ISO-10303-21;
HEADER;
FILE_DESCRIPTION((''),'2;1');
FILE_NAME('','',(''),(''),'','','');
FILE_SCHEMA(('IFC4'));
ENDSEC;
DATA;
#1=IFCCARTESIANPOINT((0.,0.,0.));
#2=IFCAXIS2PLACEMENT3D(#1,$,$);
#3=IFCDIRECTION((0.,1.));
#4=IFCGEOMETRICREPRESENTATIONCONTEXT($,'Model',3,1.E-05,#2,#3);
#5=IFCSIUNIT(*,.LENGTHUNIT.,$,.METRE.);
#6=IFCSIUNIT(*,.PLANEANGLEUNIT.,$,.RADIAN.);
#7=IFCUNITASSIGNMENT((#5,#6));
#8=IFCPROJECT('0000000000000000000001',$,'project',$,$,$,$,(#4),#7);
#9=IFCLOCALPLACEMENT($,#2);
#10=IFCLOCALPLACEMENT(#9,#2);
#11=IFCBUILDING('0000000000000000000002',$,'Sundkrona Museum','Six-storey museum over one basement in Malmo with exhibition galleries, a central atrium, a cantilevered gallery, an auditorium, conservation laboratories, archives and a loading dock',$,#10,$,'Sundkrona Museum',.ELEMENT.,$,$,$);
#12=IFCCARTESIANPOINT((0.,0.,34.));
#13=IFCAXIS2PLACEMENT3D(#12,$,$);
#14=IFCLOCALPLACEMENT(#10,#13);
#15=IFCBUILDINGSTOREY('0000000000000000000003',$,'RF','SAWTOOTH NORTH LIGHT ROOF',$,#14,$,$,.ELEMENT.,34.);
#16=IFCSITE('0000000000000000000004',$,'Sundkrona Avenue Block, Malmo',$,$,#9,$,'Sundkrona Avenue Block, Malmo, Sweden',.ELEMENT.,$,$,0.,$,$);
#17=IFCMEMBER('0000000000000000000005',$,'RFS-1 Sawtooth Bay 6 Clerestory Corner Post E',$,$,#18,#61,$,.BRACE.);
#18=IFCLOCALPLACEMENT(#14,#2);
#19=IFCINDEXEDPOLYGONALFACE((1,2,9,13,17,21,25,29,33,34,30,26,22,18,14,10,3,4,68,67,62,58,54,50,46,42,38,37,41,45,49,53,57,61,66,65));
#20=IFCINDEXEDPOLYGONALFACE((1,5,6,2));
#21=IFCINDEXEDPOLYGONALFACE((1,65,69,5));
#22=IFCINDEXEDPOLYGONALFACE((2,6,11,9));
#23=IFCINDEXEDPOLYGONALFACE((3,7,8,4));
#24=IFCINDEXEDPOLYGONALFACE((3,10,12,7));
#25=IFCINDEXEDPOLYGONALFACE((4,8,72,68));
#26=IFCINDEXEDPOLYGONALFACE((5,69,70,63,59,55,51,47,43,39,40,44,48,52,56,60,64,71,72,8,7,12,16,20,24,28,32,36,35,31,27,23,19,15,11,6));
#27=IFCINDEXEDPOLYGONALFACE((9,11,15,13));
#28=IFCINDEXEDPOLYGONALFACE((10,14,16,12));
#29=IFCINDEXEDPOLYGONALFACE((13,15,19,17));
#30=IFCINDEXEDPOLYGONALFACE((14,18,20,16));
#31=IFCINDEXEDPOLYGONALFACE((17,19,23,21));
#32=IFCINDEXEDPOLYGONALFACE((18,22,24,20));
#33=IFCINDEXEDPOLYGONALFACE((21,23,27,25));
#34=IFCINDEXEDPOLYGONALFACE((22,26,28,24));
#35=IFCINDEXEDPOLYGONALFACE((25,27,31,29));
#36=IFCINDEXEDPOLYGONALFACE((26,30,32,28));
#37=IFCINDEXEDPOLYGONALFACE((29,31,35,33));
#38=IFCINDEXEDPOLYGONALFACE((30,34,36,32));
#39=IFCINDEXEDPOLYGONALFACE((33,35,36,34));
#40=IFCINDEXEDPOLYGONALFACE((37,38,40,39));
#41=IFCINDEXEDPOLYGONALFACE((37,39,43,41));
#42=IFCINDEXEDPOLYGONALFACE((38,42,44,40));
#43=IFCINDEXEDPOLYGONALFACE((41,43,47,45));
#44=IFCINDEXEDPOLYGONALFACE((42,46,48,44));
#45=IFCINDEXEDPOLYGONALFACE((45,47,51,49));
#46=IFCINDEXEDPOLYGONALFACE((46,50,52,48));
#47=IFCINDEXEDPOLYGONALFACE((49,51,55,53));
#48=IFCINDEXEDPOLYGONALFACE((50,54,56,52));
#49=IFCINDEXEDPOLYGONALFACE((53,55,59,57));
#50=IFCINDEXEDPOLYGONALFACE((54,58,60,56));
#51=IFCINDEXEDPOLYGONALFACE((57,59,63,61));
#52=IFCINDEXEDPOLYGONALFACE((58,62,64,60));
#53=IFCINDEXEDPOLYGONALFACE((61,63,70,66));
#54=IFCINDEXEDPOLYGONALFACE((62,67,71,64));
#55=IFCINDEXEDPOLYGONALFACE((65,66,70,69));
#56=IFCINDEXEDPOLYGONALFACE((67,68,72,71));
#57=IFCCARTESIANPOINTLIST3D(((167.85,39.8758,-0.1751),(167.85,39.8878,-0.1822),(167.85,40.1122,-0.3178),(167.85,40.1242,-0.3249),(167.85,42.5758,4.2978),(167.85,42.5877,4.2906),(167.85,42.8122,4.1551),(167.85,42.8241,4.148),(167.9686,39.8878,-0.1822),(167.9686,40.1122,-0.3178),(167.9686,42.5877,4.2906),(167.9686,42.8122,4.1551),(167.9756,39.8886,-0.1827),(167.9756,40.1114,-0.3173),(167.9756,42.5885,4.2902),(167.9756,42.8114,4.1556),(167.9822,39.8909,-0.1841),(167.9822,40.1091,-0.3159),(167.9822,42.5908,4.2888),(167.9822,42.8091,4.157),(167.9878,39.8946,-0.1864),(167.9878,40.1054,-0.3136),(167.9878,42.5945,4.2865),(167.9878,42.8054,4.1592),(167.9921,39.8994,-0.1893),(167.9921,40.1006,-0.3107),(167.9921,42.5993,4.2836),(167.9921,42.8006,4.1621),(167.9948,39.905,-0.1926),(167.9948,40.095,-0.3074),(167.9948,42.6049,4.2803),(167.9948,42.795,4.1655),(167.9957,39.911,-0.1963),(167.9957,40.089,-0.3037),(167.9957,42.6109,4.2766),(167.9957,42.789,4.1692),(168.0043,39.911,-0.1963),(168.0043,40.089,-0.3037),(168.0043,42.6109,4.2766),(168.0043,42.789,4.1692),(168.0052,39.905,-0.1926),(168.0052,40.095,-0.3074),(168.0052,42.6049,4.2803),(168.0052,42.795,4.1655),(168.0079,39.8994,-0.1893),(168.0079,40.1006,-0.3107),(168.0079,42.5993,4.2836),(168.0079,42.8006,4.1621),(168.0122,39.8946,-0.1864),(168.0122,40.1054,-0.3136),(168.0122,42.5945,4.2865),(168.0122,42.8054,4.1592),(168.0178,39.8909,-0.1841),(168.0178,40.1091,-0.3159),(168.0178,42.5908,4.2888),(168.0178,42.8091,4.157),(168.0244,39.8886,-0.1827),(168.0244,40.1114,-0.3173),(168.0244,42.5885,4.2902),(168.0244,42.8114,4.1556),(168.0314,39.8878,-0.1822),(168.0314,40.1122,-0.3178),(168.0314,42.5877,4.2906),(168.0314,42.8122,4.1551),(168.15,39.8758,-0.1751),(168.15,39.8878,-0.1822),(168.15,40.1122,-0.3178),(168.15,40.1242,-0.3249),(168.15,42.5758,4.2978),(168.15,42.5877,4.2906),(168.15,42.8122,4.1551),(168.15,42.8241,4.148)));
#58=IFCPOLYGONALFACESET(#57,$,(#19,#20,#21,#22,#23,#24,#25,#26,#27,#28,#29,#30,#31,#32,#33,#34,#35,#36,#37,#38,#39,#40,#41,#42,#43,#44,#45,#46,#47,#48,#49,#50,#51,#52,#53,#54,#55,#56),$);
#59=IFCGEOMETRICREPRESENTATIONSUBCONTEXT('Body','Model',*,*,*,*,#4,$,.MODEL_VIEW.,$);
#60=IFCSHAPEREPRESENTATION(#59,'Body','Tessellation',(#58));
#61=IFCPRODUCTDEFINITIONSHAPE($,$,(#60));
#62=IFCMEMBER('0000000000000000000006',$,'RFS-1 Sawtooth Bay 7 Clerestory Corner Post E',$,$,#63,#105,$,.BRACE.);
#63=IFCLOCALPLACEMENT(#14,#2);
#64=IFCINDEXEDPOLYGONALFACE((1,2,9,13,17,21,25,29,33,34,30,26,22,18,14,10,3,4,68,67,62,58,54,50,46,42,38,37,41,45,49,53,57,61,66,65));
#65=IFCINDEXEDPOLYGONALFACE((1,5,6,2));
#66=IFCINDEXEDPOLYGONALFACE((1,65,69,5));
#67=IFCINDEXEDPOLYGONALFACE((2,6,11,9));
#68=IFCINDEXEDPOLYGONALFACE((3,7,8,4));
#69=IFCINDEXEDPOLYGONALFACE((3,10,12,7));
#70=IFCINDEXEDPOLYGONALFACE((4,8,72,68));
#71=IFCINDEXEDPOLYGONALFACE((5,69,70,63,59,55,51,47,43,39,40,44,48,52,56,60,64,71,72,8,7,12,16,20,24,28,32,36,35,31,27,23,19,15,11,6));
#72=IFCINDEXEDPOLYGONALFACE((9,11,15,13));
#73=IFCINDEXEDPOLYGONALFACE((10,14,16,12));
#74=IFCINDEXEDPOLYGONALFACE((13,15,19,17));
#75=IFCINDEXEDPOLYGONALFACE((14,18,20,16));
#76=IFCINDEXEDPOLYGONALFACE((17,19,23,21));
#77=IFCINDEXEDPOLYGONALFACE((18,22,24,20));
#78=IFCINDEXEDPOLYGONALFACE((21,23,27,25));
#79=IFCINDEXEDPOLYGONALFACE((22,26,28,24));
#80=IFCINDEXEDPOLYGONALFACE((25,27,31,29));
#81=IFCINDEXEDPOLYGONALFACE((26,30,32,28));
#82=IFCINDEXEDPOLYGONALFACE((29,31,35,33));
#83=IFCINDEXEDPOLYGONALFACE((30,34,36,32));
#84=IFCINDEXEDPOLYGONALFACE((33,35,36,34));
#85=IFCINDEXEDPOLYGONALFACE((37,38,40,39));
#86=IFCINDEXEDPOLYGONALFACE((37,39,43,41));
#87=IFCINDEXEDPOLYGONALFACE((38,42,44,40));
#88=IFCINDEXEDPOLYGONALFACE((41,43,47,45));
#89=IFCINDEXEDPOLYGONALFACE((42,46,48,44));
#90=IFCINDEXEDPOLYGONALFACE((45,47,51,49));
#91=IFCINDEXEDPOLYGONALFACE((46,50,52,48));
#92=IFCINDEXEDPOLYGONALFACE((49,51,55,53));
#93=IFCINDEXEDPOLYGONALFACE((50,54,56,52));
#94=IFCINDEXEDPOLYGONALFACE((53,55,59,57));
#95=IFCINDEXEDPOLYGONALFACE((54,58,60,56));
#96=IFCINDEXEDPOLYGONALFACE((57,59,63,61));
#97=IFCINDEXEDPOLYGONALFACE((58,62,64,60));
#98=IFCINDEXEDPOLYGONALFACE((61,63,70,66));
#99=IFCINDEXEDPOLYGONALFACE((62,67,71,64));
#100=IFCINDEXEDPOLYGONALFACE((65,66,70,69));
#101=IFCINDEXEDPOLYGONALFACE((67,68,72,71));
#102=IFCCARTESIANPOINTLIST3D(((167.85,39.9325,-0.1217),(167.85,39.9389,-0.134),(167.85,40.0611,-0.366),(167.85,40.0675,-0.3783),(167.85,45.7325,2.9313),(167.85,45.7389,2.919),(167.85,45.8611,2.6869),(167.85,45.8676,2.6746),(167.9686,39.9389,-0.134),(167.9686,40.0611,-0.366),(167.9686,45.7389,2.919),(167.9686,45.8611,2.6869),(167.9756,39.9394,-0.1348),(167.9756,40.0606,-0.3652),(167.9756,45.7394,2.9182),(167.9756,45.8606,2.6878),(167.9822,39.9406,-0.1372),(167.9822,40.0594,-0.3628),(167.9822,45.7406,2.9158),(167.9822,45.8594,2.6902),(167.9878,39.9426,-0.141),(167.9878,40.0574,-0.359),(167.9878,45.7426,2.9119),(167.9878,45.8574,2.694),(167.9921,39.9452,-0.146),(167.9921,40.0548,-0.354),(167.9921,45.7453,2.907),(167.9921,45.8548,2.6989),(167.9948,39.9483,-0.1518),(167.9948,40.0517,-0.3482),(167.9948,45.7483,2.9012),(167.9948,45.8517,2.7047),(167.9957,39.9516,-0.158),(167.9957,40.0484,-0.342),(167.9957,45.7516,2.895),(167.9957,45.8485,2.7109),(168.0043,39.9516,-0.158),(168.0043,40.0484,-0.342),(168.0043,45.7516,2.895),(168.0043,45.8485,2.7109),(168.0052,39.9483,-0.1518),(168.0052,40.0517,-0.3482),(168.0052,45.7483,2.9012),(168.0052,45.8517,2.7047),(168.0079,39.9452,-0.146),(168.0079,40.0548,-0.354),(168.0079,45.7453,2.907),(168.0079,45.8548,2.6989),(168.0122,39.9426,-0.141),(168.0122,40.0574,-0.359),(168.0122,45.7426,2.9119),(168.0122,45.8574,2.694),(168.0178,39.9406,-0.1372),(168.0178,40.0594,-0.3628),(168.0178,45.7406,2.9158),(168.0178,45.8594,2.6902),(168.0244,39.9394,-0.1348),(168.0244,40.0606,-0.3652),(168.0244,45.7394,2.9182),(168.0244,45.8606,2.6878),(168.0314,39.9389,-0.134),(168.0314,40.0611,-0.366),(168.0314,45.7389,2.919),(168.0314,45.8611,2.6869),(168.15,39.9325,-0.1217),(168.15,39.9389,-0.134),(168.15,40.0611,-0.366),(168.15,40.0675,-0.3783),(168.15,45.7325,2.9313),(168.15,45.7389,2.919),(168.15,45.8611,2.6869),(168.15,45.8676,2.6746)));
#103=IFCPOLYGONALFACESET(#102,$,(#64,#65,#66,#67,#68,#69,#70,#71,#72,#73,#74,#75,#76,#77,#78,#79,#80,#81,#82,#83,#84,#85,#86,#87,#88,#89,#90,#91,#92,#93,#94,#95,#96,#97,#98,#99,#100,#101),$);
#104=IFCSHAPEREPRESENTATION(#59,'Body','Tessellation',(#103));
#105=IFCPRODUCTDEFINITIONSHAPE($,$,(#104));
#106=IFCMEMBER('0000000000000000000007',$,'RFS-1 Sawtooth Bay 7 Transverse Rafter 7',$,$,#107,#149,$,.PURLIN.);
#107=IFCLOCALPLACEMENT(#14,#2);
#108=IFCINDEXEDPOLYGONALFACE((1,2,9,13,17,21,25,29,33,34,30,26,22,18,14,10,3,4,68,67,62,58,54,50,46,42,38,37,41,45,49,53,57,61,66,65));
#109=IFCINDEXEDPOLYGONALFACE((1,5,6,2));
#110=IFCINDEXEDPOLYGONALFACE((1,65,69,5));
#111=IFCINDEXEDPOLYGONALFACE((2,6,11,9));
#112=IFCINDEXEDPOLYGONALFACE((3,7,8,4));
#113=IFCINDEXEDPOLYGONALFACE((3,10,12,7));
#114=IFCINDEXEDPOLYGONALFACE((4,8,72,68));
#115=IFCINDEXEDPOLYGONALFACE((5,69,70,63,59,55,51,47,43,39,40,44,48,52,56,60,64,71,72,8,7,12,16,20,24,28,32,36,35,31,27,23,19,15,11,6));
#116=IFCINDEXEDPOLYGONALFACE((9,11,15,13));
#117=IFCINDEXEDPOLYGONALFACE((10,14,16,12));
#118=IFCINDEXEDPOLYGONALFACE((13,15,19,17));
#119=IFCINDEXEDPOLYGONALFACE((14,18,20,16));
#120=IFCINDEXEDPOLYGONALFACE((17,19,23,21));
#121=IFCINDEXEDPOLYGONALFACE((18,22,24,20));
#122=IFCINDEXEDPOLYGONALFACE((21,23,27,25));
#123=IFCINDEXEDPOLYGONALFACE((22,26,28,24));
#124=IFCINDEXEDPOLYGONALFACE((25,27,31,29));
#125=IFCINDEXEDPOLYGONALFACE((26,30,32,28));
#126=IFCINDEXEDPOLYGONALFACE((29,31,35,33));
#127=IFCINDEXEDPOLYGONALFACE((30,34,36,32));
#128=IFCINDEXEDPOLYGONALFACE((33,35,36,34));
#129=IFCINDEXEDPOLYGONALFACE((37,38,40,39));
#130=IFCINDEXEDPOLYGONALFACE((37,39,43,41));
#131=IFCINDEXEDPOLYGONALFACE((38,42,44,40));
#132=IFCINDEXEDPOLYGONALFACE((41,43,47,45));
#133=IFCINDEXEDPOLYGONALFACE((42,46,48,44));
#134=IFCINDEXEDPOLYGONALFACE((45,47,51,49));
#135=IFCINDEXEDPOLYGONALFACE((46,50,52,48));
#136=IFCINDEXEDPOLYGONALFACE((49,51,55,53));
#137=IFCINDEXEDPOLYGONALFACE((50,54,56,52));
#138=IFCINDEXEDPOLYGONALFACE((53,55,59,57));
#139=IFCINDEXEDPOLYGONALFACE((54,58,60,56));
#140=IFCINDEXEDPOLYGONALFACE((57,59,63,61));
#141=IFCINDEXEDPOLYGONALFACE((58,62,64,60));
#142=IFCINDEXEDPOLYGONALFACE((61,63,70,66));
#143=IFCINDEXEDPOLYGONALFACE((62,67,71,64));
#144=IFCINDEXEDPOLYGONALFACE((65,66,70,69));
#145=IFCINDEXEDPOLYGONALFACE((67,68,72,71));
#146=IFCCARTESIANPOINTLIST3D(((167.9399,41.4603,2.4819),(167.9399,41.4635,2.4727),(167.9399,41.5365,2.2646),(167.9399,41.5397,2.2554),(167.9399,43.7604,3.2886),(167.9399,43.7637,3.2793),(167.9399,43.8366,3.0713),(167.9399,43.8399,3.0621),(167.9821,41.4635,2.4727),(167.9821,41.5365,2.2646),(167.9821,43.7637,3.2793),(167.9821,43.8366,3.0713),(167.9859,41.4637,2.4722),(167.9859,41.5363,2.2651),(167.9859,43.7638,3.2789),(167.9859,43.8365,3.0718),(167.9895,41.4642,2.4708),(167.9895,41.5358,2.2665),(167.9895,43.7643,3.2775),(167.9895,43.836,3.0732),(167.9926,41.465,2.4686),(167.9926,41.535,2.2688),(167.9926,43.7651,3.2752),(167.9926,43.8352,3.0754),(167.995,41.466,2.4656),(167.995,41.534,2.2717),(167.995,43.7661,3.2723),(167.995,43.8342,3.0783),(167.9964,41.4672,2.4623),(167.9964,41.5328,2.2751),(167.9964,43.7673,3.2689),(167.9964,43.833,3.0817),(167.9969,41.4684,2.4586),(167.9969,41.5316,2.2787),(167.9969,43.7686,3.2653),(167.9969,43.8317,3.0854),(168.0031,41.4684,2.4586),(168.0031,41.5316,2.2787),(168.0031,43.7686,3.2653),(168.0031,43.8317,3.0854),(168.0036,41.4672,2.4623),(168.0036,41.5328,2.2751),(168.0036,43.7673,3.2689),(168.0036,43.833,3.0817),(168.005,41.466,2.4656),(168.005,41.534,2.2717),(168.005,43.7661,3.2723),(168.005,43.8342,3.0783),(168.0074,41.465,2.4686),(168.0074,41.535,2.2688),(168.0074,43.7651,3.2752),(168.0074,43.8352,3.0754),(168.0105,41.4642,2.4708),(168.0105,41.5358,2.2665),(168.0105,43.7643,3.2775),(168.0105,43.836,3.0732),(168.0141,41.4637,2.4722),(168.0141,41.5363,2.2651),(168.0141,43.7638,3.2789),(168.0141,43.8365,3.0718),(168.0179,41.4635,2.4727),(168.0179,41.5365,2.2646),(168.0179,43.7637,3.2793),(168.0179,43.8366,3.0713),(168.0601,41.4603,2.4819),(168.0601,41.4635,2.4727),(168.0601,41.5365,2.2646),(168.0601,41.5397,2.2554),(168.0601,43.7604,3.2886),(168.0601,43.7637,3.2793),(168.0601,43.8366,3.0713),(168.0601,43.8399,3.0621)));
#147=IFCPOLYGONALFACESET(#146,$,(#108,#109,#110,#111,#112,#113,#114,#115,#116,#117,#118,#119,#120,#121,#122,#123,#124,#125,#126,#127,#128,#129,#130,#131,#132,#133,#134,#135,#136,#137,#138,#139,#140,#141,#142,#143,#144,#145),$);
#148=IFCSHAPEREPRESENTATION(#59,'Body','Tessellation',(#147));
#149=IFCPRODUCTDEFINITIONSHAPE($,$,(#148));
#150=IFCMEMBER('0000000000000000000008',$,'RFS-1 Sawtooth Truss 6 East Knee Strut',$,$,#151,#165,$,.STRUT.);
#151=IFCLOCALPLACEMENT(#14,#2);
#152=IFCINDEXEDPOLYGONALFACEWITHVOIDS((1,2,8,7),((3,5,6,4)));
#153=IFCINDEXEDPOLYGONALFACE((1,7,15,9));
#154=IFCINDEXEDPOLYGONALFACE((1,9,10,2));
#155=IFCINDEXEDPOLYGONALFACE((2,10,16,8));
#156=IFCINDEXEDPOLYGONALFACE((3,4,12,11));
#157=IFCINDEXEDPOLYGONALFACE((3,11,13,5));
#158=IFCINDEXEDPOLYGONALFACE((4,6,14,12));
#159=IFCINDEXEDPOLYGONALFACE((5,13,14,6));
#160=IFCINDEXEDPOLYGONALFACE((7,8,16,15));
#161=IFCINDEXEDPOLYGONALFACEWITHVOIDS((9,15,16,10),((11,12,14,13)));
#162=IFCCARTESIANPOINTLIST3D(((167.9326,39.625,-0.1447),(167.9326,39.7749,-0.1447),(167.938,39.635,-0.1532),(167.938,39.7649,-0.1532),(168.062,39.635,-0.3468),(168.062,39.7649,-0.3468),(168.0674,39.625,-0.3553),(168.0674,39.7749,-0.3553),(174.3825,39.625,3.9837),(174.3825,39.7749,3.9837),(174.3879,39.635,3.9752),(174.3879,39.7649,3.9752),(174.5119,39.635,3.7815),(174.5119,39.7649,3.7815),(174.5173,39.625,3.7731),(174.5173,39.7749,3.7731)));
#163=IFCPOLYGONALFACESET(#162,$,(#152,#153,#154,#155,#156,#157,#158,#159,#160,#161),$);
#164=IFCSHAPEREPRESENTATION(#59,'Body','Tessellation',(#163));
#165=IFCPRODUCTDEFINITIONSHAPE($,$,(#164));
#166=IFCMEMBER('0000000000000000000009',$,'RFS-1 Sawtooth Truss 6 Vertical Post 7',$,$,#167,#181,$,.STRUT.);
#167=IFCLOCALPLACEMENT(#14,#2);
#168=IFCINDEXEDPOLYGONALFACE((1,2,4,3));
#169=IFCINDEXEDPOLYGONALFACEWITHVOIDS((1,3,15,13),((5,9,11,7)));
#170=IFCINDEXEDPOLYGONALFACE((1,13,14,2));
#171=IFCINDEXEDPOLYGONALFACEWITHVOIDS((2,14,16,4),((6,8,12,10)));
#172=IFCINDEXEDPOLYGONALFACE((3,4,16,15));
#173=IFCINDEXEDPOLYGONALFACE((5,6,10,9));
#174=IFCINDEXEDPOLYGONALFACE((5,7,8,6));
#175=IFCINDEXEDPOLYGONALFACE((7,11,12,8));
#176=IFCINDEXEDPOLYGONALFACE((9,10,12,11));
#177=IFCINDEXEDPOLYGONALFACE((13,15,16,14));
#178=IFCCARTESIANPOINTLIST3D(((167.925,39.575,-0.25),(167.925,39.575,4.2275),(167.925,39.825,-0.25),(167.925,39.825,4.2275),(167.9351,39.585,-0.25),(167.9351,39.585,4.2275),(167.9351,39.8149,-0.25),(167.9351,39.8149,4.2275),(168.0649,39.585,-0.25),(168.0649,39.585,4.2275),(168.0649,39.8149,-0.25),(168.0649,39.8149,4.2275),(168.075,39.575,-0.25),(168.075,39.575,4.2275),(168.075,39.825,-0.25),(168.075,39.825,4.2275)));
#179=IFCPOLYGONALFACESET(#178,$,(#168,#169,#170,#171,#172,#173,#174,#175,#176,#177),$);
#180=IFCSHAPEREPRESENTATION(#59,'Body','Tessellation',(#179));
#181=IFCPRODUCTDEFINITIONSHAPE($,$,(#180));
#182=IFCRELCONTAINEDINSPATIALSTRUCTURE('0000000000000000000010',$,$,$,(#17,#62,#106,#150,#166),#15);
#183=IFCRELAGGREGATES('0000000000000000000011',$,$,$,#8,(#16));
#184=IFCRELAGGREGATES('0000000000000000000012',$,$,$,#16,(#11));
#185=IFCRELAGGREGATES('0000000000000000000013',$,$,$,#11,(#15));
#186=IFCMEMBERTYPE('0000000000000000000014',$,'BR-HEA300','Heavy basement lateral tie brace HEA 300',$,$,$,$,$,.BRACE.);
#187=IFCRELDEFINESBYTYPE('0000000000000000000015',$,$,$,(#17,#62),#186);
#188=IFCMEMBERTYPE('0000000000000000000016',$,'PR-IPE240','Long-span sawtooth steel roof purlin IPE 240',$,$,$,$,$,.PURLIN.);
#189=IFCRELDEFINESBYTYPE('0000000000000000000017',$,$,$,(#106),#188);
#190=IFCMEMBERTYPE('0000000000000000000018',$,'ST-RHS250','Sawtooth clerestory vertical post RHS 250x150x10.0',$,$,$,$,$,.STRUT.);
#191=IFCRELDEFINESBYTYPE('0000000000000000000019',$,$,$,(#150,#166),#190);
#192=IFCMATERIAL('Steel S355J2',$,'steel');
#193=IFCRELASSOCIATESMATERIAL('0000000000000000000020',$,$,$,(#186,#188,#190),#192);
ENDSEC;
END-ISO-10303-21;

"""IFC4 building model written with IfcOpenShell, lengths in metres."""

from ifc_helpers import new_model, si_unit, direction, frame, origin, origin_2d, place, context, subcontext, project, spatial, hollow_rectangle, i_section, extrude, material, material_profile, profile_set, type_object, element, save


model = new_model("IFC4")

# Units and contexts
model_context = context("Model", 3, precision=1e-05, world=origin(), true_north=direction((0.0, 1.0)))
body_context = subcontext(model_context, "Body", "Model", "MODEL_VIEW")
ifc_project = project(units=[si_unit("LENGTHUNIT", "METRE"), si_unit("PLANEANGLEUNIT", "RADIAN")], contexts=[model_context])

# Site, building, storey
site_placement = place(None, origin())
site = spatial("IfcSite", under=ifc_project, at=site_placement, Name="Sundkrona Avenue Block, Malmo", LongName="Sundkrona Avenue Block, Malmo, Sweden", CompositionType="ELEMENT", RefElevation=0.0)
building_placement = place(site_placement, origin())
building = spatial("IfcBuilding", under=site, at=building_placement, Name="Sundkrona Museum", Description="Six-storey museum over one basement in Malmo with exhibition galleries, a central atrium, a cantilevered gallery, an auditorium, conservation laboratories, archives and a loading dock", LongName="Sundkrona Museum", CompositionType="ELEMENT")
storey_placement = place(building_placement, frame((0.0, 0.0, 34.0)))
storey = spatial("IfcBuildingStorey", under=building, at=storey_placement, Name="RF", Description="SAWTOOTH NORTH LIGHT ROOF", CompositionType="ELEMENT", Elevation=34.0)

# Members
ifc_material_1 = material(Name="Steel S355J2", Category="steel")
ifc_material_profile_1 = material_profile(ifc_material_1, i_section(OverallWidth=0.3, OverallDepth=0.29, WebThickness=0.0085, FlangeThickness=0.0139, FilletRadius=0.0271, at=origin_2d()), Name="HEA 300")
ifc_profile_set_1 = profile_set([ifc_material_profile_1], Name="Steel S355J2")
member_type_1 = type_object("IfcMemberType", Name="BR-HEA300", Description="Heavy basement lateral tie brace HEA 300", PredefinedType="BRACE", material=ifc_profile_set_1)
member_1_placement = place(storey_placement, frame((168.0, 40.0, -0.25), z_axis=(0.0, 0.516775, 0.856121), x_axis=(-1.0, 0.0, 0.0)))
element("IfcMember", 1, at=member_1_placement, inside=storey, type_object=member_type_1, Name="RFS-1 Sawtooth Bay 6 Clerestory Corner Post E", PredefinedType="BRACE", context=body_context, shape_type="SweptSolid", body=[
    extrude(i_section(OverallWidth=0.3, OverallDepth=0.29, WebThickness=0.0085, FlangeThickness=0.0139, FilletRadius=0.0271, at=origin_2d()), origin(), (0.0, 0.0, 1.0), 5.2246),
])
member_2_placement = place(storey_placement, frame((168.0, 40.0, -0.25), z_axis=(0.0, 0.884898, 0.465785), x_axis=(-1.0, 0.0, 0.0)))
element("IfcMember", 2, at=member_2_placement, inside=storey, type_object=member_type_1, Name="RFS-1 Sawtooth Bay 7 Clerestory Corner Post E", PredefinedType="BRACE", context=body_context, shape_type="SweptSolid", body=[
    extrude(i_section(OverallWidth=0.3, OverallDepth=0.29, WebThickness=0.0085, FlangeThickness=0.0139, FilletRadius=0.0271, at=origin_2d()), origin(), (0.0, 0.0, 1.0), 6.5544),
])
ifc_material_profile_2 = material_profile(ifc_material_1, i_section(OverallWidth=0.1201, OverallDepth=0.24, WebThickness=0.0061, FlangeThickness=0.0098, FilletRadius=0.0149, at=origin_2d()), Name="IPE 240")
ifc_profile_set_2 = profile_set([ifc_material_profile_2], Name="Steel S355J2")
member_type_2 = type_object("IfcMemberType", Name="PR-IPE240", Description="Long-span sawtooth steel roof purlin IPE 240", PredefinedType="PURLIN", material=ifc_profile_set_2)
member_3_placement = place(storey_placement, frame((168.0, 41.5, 2.3687), z_axis=(0.0, 0.94365, 0.330944), x_axis=(-1.0, 0.0, 0.0)))
element("IfcMember", 3, at=member_3_placement, inside=storey, type_object=member_type_2, Name="RFS-1 Sawtooth Bay 7 Transverse Rafter 7", PredefinedType="PURLIN", context=body_context, shape_type="SweptSolid", body=[
    extrude(i_section(OverallWidth=0.1201, OverallDepth=0.24, WebThickness=0.0061, FlangeThickness=0.0098, FilletRadius=0.0149, at=origin_2d()), origin(), (0.0, 0.0, 1.0), 2.4375),
])
ifc_material_profile_3 = material_profile(ifc_material_1, hollow_rectangle(XDim=0.1499, YDim=0.25, WallThickness=0.01, at=origin_2d()), Name="RHS 250x150x10.0")
ifc_profile_set_3 = profile_set([ifc_material_profile_3], Name="Steel S355J2")
member_type_3 = type_object("IfcMemberType", Name="ST-RHS250", Description="Sawtooth clerestory vertical post RHS 250x150x10.0", PredefinedType="STRUT", material=ifc_profile_set_3)
member_4_placement = place(storey_placement, frame((168.0, 39.7, -0.25), z_axis=(0.842245, 0.0, 0.539095), x_axis=(0.0, 1.0, 0.0)))
element("IfcMember", 4, at=member_4_placement, inside=storey, type_object=member_type_3, Name="RFS-1 Sawtooth Truss 6 East Knee Strut", PredefinedType="STRUT", context=body_context, shape_type="SweptSolid", body=[
    extrude(hollow_rectangle(XDim=0.1499, YDim=0.25, WallThickness=0.01, at=origin_2d()), origin(), (0.0, 0.0, 1.0), 7.658),
])
member_5_placement = place(storey_placement, frame((168.0, 39.7, -0.25), z_axis=(0.0, 0.0, 1.0), x_axis=(1.0, 0.0, 0.0)))
element("IfcMember", 5, at=member_5_placement, inside=storey, type_object=member_type_3, Name="RFS-1 Sawtooth Truss 6 Vertical Post 7", PredefinedType="STRUT", context=body_context, shape_type="SweptSolid", body=[
    extrude(hollow_rectangle(XDim=0.1499, YDim=0.25, WallThickness=0.01, at=origin_2d()), origin(), (0.0, 0.0, 1.0), 4.4775),
])

save(model, "model.ifc")
